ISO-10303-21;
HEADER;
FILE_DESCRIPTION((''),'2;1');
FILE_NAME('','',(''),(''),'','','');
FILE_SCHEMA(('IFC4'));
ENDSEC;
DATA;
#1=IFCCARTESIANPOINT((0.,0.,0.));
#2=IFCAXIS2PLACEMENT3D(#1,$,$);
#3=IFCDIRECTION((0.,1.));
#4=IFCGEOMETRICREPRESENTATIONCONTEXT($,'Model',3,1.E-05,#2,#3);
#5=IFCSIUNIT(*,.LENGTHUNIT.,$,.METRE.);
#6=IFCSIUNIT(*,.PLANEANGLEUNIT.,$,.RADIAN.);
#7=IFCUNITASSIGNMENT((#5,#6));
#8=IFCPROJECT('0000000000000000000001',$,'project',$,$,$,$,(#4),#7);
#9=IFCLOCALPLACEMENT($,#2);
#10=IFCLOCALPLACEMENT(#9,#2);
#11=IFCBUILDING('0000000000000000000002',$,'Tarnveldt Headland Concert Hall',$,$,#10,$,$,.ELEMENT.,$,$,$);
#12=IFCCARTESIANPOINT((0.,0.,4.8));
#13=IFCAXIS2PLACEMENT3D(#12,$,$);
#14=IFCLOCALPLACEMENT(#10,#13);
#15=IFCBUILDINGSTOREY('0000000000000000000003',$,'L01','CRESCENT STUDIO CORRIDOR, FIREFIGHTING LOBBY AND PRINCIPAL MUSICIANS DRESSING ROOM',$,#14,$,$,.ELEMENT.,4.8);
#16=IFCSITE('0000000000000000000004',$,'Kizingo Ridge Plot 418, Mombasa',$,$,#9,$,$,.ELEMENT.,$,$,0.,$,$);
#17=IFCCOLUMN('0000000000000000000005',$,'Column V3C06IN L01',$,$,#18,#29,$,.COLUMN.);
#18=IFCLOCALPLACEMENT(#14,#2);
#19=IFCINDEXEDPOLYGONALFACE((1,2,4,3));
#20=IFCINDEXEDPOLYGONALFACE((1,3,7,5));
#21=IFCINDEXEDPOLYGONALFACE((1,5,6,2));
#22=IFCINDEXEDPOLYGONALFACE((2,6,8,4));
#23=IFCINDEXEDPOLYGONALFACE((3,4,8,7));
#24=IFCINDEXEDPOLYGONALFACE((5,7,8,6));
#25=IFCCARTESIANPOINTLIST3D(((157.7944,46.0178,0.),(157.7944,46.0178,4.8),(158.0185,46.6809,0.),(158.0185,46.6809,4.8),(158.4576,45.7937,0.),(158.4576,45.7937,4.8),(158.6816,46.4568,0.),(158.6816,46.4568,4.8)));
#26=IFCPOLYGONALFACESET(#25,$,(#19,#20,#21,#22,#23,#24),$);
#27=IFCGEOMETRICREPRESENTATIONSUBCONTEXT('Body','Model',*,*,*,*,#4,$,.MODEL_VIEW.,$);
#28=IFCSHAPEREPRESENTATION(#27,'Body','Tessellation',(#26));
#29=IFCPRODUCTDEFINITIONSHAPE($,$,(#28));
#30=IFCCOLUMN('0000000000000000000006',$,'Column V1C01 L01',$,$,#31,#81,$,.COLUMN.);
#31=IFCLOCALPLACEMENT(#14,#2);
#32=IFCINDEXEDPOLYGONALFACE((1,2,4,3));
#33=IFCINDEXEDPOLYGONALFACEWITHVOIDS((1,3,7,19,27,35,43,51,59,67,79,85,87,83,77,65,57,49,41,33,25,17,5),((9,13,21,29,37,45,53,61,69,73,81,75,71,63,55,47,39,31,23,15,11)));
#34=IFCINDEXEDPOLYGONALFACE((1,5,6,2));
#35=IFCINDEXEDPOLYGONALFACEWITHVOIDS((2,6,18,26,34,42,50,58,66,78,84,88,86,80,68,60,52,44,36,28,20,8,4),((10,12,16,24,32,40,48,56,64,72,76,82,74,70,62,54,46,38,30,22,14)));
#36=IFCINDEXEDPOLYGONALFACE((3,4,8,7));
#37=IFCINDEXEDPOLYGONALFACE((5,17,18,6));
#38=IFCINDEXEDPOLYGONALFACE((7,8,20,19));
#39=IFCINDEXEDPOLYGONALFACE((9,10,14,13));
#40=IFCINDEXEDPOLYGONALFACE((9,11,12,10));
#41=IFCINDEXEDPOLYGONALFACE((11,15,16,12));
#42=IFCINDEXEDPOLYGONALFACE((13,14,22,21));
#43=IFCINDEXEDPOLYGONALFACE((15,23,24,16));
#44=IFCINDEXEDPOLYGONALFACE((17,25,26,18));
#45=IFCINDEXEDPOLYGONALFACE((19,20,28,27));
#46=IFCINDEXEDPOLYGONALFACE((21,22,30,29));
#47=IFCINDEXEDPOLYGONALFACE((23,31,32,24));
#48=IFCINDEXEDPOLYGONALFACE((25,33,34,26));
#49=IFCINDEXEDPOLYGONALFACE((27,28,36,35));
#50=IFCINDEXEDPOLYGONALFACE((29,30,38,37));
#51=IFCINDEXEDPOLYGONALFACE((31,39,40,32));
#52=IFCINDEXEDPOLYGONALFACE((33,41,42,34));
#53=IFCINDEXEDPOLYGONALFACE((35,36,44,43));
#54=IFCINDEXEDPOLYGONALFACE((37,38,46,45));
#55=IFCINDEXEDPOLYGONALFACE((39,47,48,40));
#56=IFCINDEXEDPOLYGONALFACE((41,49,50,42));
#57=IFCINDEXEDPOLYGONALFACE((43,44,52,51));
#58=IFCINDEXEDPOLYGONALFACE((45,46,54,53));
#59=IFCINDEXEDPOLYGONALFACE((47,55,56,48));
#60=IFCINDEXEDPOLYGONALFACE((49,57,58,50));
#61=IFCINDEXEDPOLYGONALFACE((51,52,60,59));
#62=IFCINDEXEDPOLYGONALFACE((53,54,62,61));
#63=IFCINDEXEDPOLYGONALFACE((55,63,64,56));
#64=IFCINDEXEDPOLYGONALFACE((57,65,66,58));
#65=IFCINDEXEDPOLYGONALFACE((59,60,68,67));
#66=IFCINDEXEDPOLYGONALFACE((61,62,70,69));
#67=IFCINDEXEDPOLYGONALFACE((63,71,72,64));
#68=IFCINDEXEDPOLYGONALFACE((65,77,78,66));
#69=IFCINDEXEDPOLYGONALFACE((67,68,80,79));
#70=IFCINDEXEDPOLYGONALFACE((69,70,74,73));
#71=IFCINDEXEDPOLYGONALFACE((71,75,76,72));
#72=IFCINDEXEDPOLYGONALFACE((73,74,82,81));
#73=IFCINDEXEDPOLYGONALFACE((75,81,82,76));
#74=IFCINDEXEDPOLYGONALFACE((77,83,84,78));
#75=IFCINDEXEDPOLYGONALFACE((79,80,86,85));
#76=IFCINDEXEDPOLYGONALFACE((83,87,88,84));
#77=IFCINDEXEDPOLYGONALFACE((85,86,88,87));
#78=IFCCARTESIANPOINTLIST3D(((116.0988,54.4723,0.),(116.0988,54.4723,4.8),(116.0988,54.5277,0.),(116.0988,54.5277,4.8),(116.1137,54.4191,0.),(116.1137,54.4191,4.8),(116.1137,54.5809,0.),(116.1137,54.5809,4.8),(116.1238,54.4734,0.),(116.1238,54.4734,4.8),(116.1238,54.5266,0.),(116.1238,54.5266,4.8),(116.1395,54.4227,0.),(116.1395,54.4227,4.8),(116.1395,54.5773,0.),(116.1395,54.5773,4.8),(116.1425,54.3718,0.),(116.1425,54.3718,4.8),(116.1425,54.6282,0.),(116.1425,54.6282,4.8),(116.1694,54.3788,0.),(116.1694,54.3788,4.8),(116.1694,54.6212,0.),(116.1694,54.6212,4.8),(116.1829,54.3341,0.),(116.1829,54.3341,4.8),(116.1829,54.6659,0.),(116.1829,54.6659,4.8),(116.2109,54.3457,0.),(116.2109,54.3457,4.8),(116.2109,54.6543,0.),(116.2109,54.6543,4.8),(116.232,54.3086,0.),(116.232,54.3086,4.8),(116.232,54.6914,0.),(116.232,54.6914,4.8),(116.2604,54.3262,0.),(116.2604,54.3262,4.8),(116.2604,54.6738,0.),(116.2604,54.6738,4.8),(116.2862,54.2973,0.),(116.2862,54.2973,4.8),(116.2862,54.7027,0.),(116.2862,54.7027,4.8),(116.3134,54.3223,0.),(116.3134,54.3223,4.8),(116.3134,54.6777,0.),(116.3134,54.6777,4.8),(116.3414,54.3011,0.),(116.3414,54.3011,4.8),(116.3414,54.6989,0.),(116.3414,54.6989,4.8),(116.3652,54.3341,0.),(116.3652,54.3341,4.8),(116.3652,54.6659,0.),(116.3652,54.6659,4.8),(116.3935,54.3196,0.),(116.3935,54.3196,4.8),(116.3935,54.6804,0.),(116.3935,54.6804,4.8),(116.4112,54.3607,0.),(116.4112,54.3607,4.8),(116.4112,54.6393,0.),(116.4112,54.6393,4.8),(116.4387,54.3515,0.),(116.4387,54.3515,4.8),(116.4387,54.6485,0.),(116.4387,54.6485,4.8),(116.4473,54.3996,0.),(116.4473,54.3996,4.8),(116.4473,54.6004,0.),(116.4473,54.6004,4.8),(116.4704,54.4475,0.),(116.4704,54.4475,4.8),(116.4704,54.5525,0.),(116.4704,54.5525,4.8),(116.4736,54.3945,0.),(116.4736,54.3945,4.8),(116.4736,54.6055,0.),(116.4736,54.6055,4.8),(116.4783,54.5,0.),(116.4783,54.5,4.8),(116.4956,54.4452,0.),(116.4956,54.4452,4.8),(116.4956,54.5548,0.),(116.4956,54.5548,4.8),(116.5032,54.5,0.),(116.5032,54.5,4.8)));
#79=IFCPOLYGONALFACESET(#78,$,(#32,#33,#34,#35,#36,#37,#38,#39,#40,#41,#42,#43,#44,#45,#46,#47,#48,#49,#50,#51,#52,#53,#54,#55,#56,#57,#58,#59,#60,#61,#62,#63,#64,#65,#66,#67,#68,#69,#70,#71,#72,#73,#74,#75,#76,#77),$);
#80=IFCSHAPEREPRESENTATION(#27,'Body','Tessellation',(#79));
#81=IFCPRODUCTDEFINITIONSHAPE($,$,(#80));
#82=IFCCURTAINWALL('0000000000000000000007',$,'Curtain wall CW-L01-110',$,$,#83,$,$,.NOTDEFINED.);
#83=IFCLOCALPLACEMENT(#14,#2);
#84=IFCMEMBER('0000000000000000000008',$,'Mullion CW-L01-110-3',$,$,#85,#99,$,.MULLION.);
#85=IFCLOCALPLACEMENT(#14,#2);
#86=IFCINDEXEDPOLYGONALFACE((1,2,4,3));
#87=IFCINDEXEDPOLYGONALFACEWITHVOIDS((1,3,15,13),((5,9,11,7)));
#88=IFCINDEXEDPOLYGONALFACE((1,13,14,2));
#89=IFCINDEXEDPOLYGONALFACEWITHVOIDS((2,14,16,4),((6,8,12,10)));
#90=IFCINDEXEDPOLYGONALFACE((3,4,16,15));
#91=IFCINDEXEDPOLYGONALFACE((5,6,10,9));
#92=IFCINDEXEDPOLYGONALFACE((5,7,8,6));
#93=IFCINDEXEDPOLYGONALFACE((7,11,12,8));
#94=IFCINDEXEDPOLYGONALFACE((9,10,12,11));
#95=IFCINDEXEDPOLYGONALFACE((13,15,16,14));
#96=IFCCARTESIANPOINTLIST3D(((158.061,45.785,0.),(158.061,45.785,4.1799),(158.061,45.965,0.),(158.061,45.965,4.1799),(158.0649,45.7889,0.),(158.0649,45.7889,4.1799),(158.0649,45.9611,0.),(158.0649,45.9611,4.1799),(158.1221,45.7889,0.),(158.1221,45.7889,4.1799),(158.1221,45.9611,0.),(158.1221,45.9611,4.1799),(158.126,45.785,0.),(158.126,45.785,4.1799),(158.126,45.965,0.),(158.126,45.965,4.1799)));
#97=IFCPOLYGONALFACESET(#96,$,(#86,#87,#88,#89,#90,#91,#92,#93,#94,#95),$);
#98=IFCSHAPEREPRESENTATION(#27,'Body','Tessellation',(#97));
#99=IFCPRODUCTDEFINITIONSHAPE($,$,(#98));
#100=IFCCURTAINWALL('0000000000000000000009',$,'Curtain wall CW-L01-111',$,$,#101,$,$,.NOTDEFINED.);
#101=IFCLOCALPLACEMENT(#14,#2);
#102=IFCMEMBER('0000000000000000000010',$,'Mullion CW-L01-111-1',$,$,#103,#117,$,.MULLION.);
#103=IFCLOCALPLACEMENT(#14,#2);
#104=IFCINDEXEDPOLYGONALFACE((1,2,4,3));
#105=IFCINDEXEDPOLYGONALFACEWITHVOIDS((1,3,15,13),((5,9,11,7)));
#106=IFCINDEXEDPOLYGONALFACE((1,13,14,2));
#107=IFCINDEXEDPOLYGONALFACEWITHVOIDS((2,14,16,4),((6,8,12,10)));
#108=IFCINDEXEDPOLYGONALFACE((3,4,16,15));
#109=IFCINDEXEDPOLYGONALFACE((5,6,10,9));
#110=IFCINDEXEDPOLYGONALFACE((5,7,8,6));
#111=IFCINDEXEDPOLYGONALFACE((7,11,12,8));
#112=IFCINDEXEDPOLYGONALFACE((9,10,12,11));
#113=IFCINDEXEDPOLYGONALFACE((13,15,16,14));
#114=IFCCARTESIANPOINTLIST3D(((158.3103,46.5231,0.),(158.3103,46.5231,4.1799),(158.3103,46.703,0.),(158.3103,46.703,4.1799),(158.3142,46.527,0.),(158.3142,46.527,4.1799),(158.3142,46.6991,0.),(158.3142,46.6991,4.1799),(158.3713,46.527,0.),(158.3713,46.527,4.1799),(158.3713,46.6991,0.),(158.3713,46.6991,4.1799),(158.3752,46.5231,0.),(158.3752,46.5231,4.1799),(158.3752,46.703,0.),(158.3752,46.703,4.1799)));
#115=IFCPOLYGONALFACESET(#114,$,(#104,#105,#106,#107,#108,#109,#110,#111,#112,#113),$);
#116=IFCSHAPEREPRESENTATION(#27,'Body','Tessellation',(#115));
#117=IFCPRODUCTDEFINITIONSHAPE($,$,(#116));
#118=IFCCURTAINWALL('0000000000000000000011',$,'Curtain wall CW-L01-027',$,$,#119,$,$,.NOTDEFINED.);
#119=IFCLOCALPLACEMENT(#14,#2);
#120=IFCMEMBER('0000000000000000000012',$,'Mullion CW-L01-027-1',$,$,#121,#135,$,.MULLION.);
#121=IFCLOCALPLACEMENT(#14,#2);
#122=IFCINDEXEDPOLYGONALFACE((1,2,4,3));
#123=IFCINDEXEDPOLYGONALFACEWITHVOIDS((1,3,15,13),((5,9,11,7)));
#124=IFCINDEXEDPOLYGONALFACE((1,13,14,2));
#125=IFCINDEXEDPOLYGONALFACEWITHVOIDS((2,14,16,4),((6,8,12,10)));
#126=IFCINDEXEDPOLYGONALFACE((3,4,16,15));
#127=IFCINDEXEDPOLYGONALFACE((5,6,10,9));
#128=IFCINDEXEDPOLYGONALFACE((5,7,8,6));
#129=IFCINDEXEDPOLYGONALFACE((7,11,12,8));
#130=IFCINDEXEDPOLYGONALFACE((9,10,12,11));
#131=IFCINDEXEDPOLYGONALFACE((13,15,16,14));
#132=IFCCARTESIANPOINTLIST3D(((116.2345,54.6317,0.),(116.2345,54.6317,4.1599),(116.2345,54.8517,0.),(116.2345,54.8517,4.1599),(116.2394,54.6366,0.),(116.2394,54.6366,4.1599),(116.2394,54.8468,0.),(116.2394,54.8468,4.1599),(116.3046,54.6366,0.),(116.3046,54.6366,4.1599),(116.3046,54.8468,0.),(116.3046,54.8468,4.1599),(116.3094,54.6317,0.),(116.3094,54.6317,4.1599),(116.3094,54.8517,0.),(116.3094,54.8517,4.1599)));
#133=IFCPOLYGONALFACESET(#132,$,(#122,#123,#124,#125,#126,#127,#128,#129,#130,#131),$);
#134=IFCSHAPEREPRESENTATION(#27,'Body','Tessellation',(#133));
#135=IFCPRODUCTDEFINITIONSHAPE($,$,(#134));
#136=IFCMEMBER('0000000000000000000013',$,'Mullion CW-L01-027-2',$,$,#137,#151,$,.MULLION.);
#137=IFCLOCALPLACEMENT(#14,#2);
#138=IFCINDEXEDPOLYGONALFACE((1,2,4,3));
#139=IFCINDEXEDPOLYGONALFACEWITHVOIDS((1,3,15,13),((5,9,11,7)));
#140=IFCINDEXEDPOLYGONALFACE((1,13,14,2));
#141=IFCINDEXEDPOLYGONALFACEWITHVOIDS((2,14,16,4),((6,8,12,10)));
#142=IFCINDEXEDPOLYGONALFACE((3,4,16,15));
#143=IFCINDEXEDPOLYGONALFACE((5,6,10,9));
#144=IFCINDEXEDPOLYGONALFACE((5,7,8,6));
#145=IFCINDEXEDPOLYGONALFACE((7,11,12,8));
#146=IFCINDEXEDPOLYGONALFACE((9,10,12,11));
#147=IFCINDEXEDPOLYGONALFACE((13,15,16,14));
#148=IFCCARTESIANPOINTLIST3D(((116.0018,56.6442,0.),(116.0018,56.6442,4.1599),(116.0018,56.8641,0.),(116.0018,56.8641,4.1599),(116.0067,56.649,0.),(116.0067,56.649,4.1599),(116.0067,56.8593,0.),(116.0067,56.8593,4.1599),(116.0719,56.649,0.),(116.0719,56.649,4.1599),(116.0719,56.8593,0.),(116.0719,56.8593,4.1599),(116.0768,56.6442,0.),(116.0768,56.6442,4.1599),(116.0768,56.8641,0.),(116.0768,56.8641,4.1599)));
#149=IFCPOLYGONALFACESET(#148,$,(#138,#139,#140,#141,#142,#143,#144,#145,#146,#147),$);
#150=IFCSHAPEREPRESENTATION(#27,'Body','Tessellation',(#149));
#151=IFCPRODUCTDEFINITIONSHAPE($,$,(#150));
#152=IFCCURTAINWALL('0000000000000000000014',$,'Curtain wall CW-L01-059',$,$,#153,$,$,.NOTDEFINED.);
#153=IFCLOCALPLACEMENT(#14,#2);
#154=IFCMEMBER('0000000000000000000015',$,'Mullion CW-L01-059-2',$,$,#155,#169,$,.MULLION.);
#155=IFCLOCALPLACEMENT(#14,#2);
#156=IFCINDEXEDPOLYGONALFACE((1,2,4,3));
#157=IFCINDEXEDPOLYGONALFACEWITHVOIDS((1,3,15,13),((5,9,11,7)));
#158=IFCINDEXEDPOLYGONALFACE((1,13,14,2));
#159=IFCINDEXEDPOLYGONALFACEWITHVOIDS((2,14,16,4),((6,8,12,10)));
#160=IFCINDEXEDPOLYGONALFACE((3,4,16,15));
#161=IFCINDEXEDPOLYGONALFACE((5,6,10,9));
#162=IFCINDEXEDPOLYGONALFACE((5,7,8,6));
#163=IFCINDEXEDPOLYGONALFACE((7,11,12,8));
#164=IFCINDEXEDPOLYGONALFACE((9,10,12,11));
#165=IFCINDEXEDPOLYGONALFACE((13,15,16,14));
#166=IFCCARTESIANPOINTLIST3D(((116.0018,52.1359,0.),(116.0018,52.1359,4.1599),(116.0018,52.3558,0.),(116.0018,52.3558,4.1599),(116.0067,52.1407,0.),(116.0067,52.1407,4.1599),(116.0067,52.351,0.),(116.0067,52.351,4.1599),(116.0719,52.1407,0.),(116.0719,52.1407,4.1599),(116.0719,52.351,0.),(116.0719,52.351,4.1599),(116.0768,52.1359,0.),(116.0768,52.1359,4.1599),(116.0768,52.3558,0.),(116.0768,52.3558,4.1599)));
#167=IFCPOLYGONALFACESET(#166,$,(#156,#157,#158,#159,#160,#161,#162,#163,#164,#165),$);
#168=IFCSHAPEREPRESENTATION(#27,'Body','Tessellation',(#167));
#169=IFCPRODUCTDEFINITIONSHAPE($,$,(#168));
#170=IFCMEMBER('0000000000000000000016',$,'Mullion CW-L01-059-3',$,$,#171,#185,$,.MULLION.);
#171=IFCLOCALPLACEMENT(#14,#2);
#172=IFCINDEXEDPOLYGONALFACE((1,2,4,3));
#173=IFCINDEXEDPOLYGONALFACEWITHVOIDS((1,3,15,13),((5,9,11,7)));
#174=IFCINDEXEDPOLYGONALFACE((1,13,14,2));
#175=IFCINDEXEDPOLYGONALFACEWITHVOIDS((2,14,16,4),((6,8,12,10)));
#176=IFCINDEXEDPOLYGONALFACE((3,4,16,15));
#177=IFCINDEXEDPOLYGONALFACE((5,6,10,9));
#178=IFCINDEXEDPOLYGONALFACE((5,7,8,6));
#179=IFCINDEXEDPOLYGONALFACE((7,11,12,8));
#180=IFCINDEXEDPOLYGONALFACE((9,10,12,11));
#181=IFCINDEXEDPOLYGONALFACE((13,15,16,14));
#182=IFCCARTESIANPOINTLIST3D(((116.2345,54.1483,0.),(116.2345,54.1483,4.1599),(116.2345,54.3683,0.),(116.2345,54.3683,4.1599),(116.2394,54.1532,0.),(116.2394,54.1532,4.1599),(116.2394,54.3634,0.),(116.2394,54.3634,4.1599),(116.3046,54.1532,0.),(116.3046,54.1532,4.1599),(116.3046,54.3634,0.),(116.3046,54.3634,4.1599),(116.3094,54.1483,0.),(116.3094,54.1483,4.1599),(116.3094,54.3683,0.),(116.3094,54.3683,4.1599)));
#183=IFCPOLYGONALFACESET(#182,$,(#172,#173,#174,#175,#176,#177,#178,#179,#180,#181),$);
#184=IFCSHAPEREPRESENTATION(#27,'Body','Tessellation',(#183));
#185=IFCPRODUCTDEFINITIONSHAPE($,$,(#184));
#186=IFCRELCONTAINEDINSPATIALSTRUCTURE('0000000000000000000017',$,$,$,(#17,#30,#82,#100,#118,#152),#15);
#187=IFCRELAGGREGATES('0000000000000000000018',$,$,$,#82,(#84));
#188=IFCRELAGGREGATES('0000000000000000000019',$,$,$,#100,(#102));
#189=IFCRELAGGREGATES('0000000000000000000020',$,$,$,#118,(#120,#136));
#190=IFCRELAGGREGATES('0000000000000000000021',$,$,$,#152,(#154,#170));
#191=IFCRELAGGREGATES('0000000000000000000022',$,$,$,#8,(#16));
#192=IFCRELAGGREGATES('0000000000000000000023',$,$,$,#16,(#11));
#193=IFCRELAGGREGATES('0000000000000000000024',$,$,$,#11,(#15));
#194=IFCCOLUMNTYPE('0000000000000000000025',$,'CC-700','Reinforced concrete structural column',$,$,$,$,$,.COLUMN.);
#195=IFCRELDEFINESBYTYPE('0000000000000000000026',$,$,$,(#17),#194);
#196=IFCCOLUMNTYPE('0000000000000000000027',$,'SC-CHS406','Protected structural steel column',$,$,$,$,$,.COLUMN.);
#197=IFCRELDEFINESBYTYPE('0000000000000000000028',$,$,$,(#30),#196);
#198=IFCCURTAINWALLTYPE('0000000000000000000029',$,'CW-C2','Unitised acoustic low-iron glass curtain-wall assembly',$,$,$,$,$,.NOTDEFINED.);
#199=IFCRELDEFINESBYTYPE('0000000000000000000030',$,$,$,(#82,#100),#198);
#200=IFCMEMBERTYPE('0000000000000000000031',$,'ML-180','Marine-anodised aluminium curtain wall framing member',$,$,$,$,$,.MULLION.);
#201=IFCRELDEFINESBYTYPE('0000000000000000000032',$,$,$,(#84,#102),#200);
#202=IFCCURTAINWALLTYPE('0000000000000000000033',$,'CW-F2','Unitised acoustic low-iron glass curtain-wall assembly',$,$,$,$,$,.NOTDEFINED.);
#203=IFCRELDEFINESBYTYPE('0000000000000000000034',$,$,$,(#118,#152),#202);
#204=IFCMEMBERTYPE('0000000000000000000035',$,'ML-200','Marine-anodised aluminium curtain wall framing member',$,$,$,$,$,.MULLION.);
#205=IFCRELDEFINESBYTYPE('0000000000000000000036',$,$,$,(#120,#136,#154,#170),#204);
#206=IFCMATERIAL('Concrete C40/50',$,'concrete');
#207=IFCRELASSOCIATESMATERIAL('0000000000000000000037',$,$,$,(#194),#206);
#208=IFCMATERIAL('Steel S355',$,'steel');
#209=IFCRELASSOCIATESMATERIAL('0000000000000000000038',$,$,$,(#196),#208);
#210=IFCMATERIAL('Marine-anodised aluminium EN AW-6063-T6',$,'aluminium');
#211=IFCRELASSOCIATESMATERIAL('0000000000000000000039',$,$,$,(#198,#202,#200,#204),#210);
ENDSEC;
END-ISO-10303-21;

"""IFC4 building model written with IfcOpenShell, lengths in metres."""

from ifc_helpers import new_model, si_unit, direction, frame, origin, origin_2d, place, context, subcontext, project, spatial, rectangle, hollow_rectangle, hollow_circle, extrude, material, material_profile, profile_set, type_object, element, aggregate, save


model = new_model("IFC4")

# Units and contexts
model_context = context("Model", 3, precision=1e-05, world=origin(), true_north=direction((0.0, 1.0)))
body_context = subcontext(model_context, "Body", "Model", "MODEL_VIEW")
ifc_project = project(units=[si_unit("LENGTHUNIT", "METRE"), si_unit("PLANEANGLEUNIT", "RADIAN")], contexts=[model_context])

# Site, building, storey
site_placement = place(None, origin())
site = spatial("IfcSite", under=ifc_project, at=site_placement, Name="Kizingo Ridge Plot 418, Mombasa", CompositionType="ELEMENT", RefElevation=0.0)
building_placement = place(site_placement, origin())
building = spatial("IfcBuilding", under=site, at=building_placement, Name="Tarnveldt Headland Concert Hall", CompositionType="ELEMENT")
storey_placement = place(building_placement, frame((0.0, 0.0, 4.8)))
storey = spatial("IfcBuildingStorey", under=building, at=storey_placement, Name="L01", Description="CRESCENT STUDIO CORRIDOR, FIREFIGHTING LOBBY AND PRINCIPAL MUSICIANS DRESSING ROOM", CompositionType="ELEMENT", Elevation=4.8)

# Columns
ifc_material_1 = material(Name="Concrete C40/50", Category="concrete")
ifc_material_profile_1 = material_profile(ifc_material_1, rectangle(XDim=0.7, YDim=0.7, at=origin_2d()), Name="RC 700x700", Category="concrete")
ifc_profile_set_1 = profile_set([ifc_material_profile_1], Name="Concrete C40/50")
column_type_1 = type_object("IfcColumnType", Name="CC-700", Description="Reinforced concrete structural column", PredefinedType="COLUMN", material=ifc_profile_set_1)
column_1_placement = place(storey_placement, frame((158.238, 46.2373, 0.0), z_axis=(0.0, 0.0, 1.0), x_axis=(0.947378, -0.320117, 0.0)))
element("IfcColumn", 1, at=column_1_placement, inside=storey, type_object=column_type_1, Name="Column V3C06IN L01", PredefinedType="COLUMN", context=body_context, shape_type="SweptSolid", body=[
    extrude(rectangle(XDim=0.7, YDim=0.7, at=origin_2d()), origin(), (0.0, 0.0, 1.0), 4.8),
])
ifc_material_2 = material(Name="Steel S355", Category="steel")
ifc_material_profile_2 = material_profile(ifc_material_2, hollow_circle(Radius=0.2031, WallThickness=0.0249, at=origin_2d()), Name="CHS 406.4x25", Category="steel")
ifc_profile_set_2 = profile_set([ifc_material_profile_2], Name="Steel S355")
column_type_2 = type_object("IfcColumnType", Name="SC-CHS406", Description="Protected structural steel column", PredefinedType="COLUMN", material=ifc_profile_set_2)
column_2_placement = place(storey_placement, frame((116.3, 54.5, 0.0), z_axis=(0.0, 0.0, 1.0), x_axis=(1.0, 0.0, 0.0)))
element("IfcColumn", 2, at=column_2_placement, inside=storey, type_object=column_type_2, Name="Column V1C01 L01", PredefinedType="COLUMN", context=body_context, shape_type="SweptSolid", body=[
    extrude(hollow_circle(Radius=0.2031, WallThickness=0.0249, at=origin_2d()), origin(), (0.0, 0.0, 1.0), 4.8),
])

# Curtain walls, members
ifc_material_3 = material(Name="Marine-anodised aluminium EN AW-6063-T6", Category="aluminium")
curtain_wall_type_1 = type_object("IfcCurtainWallType", Name="CW-C2", Description="Unitised acoustic low-iron glass curtain-wall assembly", PredefinedType="NOTDEFINED", material=ifc_material_3)
curtain_wall_1_placement = place(storey_placement, origin())
curtain_wall_1 = element("IfcCurtainWall", 3, at=curtain_wall_1_placement, inside=storey, type_object=curtain_wall_type_1, Name="Curtain wall CW-L01-110", PredefinedType="NOTDEFINED")
ifc_material_profile_3 = material_profile(ifc_material_3, hollow_rectangle(XDim=0.0649, YDim=0.1799, WallThickness=0.0039, at=origin_2d()), Name="ALU MULLION 65x180x4", Category="aluminium")
ifc_profile_set_3 = profile_set([ifc_material_profile_3], Name="Marine-anodised aluminium EN AW-6063-T6")
member_type_1 = type_object("IfcMemberType", Name="ML-180", Description="Marine-anodised aluminium curtain wall framing member", PredefinedType="MULLION", material=ifc_profile_set_3)
member_1_placement = place(storey_placement, frame((158.0935, 45.875, 0.0), z_axis=(0.0, 0.0, 1.0), x_axis=(1.0, 0.0, 0.0)))
member_1 = element("IfcMember", 4, at=member_1_placement, type_object=member_type_1, Name="Mullion CW-L01-110-3", PredefinedType="MULLION", context=body_context, shape_type="SweptSolid", body=[
    extrude(hollow_rectangle(XDim=0.0649, YDim=0.1799, WallThickness=0.0039, at=origin_2d()), origin(), (0.0, 0.0, 1.0), 4.1799),
])
curtain_wall_2_placement = place(storey_placement, origin())
curtain_wall_2 = element("IfcCurtainWall", 5, at=curtain_wall_2_placement, inside=storey, type_object=curtain_wall_type_1, Name="Curtain wall CW-L01-111", PredefinedType="NOTDEFINED")
member_2_placement = place(storey_placement, frame((158.3428, 46.613, 0.0), z_axis=(0.0, 0.0, 1.0), x_axis=(1.0, 0.0, 0.0)))
member_2 = element("IfcMember", 6, at=member_2_placement, type_object=member_type_1, Name="Mullion CW-L01-111-1", PredefinedType="MULLION", context=body_context, shape_type="SweptSolid", body=[
    extrude(hollow_rectangle(XDim=0.0649, YDim=0.1799, WallThickness=0.0039, at=origin_2d()), origin(), (0.0, 0.0, 1.0), 4.1799),
])

# Curtain walls, members
curtain_wall_type_2 = type_object("IfcCurtainWallType", Name="CW-F2", Description="Unitised acoustic low-iron glass curtain-wall assembly", PredefinedType="NOTDEFINED", material=ifc_material_3)
curtain_wall_3_placement = place(storey_placement, origin())
curtain_wall_3 = element("IfcCurtainWall", 7, at=curtain_wall_3_placement, inside=storey, type_object=curtain_wall_type_2, Name="Curtain wall CW-L01-027", PredefinedType="NOTDEFINED")
ifc_material_profile_4 = material_profile(ifc_material_3, hollow_rectangle(XDim=0.075, YDim=0.22, WallThickness=0.0049, at=origin_2d()), Name="ALU MULLION 75x220x5", Category="aluminium")
ifc_profile_set_4 = profile_set([ifc_material_profile_4], Name="Marine-anodised aluminium EN AW-6063-T6")
member_type_2 = type_object("IfcMemberType", Name="ML-200", Description="Marine-anodised aluminium curtain wall framing member", PredefinedType="MULLION", material=ifc_profile_set_4)
member_3_placement = place(storey_placement, frame((116.272, 54.7417, 0.0), z_axis=(0.0, 0.0, 1.0), x_axis=(1.0, 0.0, 0.0)))
member_3 = element("IfcMember", 8, at=member_3_placement, type_object=member_type_2, Name="Mullion CW-L01-027-1", PredefinedType="MULLION", context=body_context, shape_type="SweptSolid", body=[
    extrude(hollow_rectangle(XDim=0.075, YDim=0.22, WallThickness=0.0049, at=origin_2d()), origin(), (0.0, 0.0, 1.0), 4.1599),
])
member_4_placement = place(storey_placement, frame((116.0393, 56.7542, 0.0), z_axis=(0.0, 0.0, 1.0), x_axis=(1.0, 0.0, 0.0)))
member_4 = element("IfcMember", 9, at=member_4_placement, type_object=member_type_2, Name="Mullion CW-L01-027-2", PredefinedType="MULLION", context=body_context, shape_type="SweptSolid", body=[
    extrude(hollow_rectangle(XDim=0.075, YDim=0.22, WallThickness=0.0049, at=origin_2d()), origin(), (0.0, 0.0, 1.0), 4.1599),
])
curtain_wall_4_placement = place(storey_placement, origin())
curtain_wall_4 = element("IfcCurtainWall", 10, at=curtain_wall_4_placement, inside=storey, type_object=curtain_wall_type_2, Name="Curtain wall CW-L01-059", PredefinedType="NOTDEFINED")
member_5_placement = place(storey_placement, frame((116.0393, 52.2458, 0.0), z_axis=(0.0, 0.0, 1.0), x_axis=(1.0, 0.0, 0.0)))
member_5 = element("IfcMember", 11, at=member_5_placement, type_object=member_type_2, Name="Mullion CW-L01-059-2", PredefinedType="MULLION", context=body_context, shape_type="SweptSolid", body=[
    extrude(hollow_rectangle(XDim=0.075, YDim=0.22, WallThickness=0.0049, at=origin_2d()), origin(), (0.0, 0.0, 1.0), 4.1599),
])
member_6_placement = place(storey_placement, frame((116.272, 54.2583, 0.0), z_axis=(0.0, 0.0, 1.0), x_axis=(1.0, 0.0, 0.0)))
member_6 = element("IfcMember", 12, at=member_6_placement, type_object=member_type_2, Name="Mullion CW-L01-059-3", PredefinedType="MULLION", context=body_context, shape_type="SweptSolid", body=[
    extrude(hollow_rectangle(XDim=0.075, YDim=0.22, WallThickness=0.0049, at=origin_2d()), origin(), (0.0, 0.0, 1.0), 4.1599),
])

aggregate(curtain_wall_1, [member_1])
aggregate(curtain_wall_2, [member_2])
aggregate(curtain_wall_3, [member_3, member_4])
aggregate(curtain_wall_4, [member_5, member_6])

save(model, "model.ifc")
